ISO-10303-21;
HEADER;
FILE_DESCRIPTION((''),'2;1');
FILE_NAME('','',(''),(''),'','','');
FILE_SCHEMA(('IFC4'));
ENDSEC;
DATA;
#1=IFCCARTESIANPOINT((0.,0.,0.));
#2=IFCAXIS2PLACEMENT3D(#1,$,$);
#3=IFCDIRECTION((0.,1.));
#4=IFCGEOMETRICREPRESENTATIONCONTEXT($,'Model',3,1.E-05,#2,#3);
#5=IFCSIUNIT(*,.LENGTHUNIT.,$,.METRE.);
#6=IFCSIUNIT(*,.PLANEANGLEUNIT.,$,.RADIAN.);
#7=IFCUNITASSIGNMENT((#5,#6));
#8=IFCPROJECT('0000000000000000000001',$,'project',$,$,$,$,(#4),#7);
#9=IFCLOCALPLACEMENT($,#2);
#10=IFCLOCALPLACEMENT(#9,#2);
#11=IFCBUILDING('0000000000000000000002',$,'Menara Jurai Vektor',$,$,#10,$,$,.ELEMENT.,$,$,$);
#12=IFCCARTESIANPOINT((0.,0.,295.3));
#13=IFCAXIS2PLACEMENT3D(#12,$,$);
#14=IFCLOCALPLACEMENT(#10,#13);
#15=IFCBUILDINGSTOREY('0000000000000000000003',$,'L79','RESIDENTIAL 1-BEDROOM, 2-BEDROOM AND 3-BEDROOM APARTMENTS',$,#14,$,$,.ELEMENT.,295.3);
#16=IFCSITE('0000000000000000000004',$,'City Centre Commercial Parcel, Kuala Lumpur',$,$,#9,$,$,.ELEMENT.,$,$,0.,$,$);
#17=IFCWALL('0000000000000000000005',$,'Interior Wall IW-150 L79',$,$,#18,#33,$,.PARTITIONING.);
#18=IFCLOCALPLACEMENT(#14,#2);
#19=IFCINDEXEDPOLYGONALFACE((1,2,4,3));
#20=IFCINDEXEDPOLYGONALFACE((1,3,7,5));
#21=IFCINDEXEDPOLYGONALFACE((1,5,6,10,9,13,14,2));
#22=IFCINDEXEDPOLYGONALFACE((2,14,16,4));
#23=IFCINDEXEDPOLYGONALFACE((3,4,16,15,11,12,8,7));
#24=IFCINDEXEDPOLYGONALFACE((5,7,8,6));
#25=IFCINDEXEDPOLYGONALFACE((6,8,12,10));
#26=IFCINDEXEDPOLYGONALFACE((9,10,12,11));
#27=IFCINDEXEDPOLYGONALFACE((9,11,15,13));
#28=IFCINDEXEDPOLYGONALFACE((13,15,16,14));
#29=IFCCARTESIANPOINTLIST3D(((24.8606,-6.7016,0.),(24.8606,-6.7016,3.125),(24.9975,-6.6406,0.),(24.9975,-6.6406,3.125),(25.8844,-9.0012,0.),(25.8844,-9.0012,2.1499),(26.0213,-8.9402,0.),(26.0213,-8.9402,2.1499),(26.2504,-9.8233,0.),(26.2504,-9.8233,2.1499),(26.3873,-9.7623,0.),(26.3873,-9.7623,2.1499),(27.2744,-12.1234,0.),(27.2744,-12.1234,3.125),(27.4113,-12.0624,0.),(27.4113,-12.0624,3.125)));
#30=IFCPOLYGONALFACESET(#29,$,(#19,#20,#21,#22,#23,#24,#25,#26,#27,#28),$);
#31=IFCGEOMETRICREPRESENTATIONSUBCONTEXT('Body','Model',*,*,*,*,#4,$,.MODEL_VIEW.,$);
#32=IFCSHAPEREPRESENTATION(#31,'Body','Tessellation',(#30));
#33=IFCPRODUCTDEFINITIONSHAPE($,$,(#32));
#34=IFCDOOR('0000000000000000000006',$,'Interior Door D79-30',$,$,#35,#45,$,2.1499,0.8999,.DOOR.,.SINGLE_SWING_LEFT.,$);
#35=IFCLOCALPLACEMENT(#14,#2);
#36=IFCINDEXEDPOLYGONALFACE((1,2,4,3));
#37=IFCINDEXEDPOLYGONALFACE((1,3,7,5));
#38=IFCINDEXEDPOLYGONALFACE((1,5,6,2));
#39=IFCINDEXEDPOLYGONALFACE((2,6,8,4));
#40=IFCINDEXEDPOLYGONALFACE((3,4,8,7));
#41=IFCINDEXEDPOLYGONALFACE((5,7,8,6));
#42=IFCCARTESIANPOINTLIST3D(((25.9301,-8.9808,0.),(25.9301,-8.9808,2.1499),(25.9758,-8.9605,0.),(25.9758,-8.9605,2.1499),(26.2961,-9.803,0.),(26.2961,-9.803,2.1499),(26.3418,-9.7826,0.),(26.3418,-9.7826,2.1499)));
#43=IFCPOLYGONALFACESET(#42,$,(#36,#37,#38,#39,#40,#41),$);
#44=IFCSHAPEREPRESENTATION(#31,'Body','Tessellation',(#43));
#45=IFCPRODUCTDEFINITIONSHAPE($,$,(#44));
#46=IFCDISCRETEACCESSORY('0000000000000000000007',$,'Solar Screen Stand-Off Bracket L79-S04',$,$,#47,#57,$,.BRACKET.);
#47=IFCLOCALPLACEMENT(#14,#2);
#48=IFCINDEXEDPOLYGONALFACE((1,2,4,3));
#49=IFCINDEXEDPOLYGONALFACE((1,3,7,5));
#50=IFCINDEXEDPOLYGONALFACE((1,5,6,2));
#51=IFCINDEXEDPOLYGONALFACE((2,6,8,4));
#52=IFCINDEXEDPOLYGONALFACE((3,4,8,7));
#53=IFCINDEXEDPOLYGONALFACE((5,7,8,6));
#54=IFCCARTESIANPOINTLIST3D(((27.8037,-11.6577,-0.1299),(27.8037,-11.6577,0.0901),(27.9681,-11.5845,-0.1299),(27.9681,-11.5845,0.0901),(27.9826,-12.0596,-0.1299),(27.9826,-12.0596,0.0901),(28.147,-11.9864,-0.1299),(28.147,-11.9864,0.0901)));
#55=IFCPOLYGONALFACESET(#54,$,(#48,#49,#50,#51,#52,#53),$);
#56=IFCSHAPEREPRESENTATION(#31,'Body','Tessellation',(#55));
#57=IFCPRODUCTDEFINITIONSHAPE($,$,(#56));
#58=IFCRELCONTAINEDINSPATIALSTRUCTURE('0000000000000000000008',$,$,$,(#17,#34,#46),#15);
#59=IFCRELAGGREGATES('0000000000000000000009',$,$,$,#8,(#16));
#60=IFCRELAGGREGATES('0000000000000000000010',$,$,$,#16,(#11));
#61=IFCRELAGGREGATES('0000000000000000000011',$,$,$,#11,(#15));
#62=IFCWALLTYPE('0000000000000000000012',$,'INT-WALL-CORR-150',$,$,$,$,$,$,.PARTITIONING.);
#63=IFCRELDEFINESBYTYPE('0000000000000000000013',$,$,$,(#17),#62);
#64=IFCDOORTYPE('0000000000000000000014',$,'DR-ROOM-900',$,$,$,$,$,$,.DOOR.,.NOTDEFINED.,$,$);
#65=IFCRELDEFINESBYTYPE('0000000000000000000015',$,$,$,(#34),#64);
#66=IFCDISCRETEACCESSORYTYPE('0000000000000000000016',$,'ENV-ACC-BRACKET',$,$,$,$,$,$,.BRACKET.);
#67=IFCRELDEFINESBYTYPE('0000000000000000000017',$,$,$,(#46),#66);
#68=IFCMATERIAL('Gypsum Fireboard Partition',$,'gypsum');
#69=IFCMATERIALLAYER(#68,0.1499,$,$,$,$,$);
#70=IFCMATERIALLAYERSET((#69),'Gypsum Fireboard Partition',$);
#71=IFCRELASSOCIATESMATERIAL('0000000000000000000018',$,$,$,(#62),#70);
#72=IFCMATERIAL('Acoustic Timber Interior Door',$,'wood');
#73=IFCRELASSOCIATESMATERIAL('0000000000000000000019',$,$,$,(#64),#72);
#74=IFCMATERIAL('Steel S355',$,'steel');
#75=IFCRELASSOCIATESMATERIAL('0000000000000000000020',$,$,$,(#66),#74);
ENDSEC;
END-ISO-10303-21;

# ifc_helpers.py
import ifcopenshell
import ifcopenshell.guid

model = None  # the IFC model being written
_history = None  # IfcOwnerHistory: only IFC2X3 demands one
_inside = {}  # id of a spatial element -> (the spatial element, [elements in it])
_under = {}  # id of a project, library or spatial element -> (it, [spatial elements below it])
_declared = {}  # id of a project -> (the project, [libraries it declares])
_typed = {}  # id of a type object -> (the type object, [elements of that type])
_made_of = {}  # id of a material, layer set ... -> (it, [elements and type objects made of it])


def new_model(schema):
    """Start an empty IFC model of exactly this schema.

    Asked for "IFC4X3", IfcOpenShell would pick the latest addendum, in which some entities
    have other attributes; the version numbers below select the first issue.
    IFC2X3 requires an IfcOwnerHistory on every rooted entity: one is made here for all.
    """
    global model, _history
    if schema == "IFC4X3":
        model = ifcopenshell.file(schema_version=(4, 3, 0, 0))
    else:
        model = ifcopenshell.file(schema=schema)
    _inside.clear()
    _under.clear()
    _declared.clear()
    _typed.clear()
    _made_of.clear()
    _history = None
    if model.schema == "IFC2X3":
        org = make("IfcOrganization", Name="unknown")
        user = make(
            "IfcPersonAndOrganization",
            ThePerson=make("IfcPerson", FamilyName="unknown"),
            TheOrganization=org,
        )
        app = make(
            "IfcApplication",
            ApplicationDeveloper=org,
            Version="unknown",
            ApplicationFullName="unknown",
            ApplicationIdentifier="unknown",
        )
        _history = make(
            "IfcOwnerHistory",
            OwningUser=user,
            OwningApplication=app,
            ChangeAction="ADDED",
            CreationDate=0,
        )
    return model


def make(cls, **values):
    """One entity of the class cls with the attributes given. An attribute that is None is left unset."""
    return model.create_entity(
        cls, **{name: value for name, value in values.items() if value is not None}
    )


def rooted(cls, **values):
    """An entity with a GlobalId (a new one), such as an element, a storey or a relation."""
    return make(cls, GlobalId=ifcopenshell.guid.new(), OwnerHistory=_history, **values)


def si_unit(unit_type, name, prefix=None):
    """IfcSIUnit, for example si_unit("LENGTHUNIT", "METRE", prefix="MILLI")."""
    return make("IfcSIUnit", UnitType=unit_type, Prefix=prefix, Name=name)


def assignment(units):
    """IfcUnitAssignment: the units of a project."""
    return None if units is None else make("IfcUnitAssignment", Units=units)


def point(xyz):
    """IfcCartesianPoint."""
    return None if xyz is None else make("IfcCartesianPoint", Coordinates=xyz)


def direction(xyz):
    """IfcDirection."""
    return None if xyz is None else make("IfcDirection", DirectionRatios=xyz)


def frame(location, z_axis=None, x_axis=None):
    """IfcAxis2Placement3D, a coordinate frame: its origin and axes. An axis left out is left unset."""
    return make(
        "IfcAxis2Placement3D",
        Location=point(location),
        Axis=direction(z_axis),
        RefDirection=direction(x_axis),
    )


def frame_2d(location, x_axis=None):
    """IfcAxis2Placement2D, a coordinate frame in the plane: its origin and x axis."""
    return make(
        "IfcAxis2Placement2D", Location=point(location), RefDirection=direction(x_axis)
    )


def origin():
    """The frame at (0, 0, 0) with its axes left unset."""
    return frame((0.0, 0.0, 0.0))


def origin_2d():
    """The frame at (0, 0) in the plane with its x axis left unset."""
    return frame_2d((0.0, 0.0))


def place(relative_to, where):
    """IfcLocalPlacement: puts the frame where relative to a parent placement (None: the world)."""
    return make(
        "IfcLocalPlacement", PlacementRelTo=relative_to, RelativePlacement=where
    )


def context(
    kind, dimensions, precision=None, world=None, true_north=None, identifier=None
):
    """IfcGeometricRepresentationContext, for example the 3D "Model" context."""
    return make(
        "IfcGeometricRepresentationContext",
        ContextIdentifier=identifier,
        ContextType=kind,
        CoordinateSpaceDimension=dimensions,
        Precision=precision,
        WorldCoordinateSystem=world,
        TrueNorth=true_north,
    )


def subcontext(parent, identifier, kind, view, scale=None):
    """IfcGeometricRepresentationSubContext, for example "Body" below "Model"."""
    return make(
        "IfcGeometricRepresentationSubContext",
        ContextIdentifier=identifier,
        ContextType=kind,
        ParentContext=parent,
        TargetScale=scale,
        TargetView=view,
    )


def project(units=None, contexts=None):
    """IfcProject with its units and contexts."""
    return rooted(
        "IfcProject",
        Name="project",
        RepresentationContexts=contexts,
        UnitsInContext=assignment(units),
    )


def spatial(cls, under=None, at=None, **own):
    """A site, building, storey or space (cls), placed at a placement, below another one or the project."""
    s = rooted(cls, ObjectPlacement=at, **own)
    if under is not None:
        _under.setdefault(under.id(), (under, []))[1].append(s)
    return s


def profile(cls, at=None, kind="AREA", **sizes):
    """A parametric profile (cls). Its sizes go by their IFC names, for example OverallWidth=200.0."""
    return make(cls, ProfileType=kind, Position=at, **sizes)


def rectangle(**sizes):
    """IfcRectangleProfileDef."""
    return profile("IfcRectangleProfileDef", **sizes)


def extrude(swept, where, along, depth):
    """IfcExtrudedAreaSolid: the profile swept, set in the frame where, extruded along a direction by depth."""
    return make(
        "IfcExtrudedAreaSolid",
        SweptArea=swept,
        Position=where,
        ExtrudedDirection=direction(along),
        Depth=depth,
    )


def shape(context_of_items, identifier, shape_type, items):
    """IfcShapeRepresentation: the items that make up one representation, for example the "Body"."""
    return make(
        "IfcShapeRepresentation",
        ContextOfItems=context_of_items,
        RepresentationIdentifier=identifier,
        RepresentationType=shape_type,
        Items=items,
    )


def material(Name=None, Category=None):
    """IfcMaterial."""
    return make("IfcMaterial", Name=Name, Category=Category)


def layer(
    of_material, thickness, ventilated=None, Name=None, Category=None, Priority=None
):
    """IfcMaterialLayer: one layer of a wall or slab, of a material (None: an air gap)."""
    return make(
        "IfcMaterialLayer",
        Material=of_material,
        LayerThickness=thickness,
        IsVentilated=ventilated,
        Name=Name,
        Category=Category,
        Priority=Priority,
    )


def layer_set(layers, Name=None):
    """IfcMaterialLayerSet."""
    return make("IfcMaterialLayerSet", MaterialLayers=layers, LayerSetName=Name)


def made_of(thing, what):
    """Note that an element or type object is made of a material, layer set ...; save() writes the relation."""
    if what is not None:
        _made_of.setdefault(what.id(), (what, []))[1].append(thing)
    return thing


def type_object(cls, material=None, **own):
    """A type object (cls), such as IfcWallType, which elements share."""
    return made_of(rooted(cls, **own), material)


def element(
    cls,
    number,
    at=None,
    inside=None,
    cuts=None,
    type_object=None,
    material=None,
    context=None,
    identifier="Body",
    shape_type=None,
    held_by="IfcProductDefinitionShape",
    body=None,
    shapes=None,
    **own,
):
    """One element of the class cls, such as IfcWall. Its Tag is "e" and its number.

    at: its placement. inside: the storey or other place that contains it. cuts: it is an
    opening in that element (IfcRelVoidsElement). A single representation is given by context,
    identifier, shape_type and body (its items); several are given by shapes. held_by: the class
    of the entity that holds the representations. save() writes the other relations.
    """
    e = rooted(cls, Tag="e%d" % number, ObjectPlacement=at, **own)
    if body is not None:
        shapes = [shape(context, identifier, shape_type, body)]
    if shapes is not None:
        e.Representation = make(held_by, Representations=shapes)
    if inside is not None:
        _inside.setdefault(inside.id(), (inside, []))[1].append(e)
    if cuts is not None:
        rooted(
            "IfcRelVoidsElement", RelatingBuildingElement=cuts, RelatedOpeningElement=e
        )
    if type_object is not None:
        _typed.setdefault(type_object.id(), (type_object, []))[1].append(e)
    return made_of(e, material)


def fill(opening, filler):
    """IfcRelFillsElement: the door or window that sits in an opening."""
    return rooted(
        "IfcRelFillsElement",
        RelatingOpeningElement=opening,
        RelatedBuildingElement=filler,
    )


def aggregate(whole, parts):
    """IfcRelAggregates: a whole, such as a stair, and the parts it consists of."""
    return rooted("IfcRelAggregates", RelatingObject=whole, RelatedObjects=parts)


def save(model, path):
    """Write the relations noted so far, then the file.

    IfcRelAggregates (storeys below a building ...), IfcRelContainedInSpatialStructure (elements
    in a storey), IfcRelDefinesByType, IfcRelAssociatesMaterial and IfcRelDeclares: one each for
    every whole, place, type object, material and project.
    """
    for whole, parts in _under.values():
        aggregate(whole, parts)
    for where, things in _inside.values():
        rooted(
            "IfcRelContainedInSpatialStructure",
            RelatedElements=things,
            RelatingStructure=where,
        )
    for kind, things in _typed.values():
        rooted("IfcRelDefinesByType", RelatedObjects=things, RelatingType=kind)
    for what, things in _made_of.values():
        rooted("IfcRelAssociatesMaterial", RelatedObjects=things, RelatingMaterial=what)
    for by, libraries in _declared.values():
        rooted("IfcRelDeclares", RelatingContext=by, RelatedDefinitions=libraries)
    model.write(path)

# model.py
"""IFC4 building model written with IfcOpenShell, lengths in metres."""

from ifc_helpers import new_model, si_unit, direction, frame, frame_2d, origin, origin_2d, place, context, subcontext, project, spatial, rectangle, extrude, material, layer, layer_set, type_object, element, fill, save


model = new_model("IFC4")

# Units and contexts
model_context = context("Model", 3, precision=1e-05, world=origin(), true_north=direction((0.0, 1.0)))
body_context = subcontext(model_context, "Body", "Model", "MODEL_VIEW")
ifc_project = project(units=[si_unit("LENGTHUNIT", "METRE"), si_unit("PLANEANGLEUNIT", "RADIAN")], contexts=[model_context])

# Site, building, storey
site_placement = place(None, origin())
site = spatial("IfcSite", under=ifc_project, at=site_placement, Name="City Centre Commercial Parcel, Kuala Lumpur", CompositionType="ELEMENT", RefElevation=0.0)
building_placement = place(site_placement, origin())
building = spatial("IfcBuilding", under=site, at=building_placement, Name="Menara Jurai Vektor", CompositionType="ELEMENT")
storey_placement = place(building_placement, frame((0.0, 0.0, 295.3)))
storey = spatial("IfcBuildingStorey", under=building, at=storey_placement, Name="L79", Description="RESIDENTIAL 1-BEDROOM, 2-BEDROOM AND 3-BEDROOM APARTMENTS", CompositionType="ELEMENT", Elevation=295.3)

# Shared definitions
ifc_material_1 = material(Name="Steel S355", Category="steel")

# Shared definitions
ifc_material_2 = material(Name="Gypsum Fireboard Partition", Category="gypsum")
ifc_layer_1 = layer(ifc_material_2, 0.1499)
ifc_layer_set_1 = layer_set([ifc_layer_1], Name="Gypsum Fireboard Partition")
wall_type = type_object("IfcWallType", Name="INT-WALL-CORR-150", PredefinedType="PARTITIONING", material=ifc_layer_set_1)

# Wall, opening, door
wall_1_placement = place(storey_placement, frame((27.3428, -12.0928, 0.0), z_axis=(0.0, 0.0, 1.0), x_axis=(-0.406715, 0.913555, 0.0)))
wall_1 = element("IfcWall", 1, at=wall_1_placement, inside=storey, type_object=wall_type, Name="Interior Wall IW-150 L79", PredefinedType="PARTITIONING", context=body_context, shape_type="SweptSolid", body=[
    extrude(rectangle(XDim=5.9348, YDim=0.1499, at=frame_2d((2.9673, 0.0))), origin(), (0.0, 0.0, 1.0), 3.125),
])
opening_placement = place(wall_1_placement, frame((2.5176, 0.0, 0.0)))
opening = element("IfcOpeningElement", 2, at=opening_placement, cuts=wall_1, PredefinedType="OPENING", context=body_context, shape_type="SweptSolid", body=[
    extrude(rectangle(XDim=0.8999, YDim=2.1499, at=frame_2d((0.45, 1.075))), frame((0.0, 0.085, 0.0), z_axis=(0.0, -1.0, 0.0), x_axis=(1.0, 0.0, 0.0)), (0.0, 0.0, 1.0), 0.1699),
])
ifc_material_3 = material(Name="Acoustic Timber Interior Door", Category="wood")
door_type = type_object("IfcDoorType", Name="DR-ROOM-900", OperationType="NOTDEFINED", PredefinedType="DOOR", material=ifc_material_3)
door_placement = place(opening_placement, origin())
door = element("IfcDoor", 3, at=door_placement, inside=storey, type_object=door_type, Name="Interior Door D79-30", OperationType="SINGLE_SWING_LEFT", OverallHeight=2.1499, OverallWidth=0.8999, PredefinedType="DOOR", context=body_context, shape_type="SweptSolid", body=[
    extrude(rectangle(XDim=0.8999, YDim=2.1499, at=frame_2d((0.45, 1.075))), frame((0.0, 0.0249, 0.0), z_axis=(0.0, -1.0, 0.0), x_axis=(1.0, 0.0, 0.0)), (0.0, 0.0, 1.0), 0.05),
])
fill(opening, door)

# Discrete accessory
discrete_accessory_type = type_object("IfcDiscreteAccessoryType", Name="ENV-ACC-BRACKET", PredefinedType="BRACKET", material=ifc_material_1)
discrete_accessory_placement = place(storey_placement, frame((27.9753, -11.822, -0.1299), z_axis=(0.0, 0.0, 1.0), x_axis=(0.913545, 0.406737, 0.0)))
element("IfcDiscreteAccessory", 4, at=discrete_accessory_placement, inside=storey, type_object=discrete_accessory_type, Name="Solar Screen Stand-Off Bracket L79-S04", PredefinedType="BRACKET", context=body_context, shape_type="SweptSolid", body=[
    extrude(rectangle(XDim=0.1799, YDim=0.4399, at=origin_2d()), origin(), (0.0, 0.0, 1.0), 0.22),
])

save(model, "model.ifc")
